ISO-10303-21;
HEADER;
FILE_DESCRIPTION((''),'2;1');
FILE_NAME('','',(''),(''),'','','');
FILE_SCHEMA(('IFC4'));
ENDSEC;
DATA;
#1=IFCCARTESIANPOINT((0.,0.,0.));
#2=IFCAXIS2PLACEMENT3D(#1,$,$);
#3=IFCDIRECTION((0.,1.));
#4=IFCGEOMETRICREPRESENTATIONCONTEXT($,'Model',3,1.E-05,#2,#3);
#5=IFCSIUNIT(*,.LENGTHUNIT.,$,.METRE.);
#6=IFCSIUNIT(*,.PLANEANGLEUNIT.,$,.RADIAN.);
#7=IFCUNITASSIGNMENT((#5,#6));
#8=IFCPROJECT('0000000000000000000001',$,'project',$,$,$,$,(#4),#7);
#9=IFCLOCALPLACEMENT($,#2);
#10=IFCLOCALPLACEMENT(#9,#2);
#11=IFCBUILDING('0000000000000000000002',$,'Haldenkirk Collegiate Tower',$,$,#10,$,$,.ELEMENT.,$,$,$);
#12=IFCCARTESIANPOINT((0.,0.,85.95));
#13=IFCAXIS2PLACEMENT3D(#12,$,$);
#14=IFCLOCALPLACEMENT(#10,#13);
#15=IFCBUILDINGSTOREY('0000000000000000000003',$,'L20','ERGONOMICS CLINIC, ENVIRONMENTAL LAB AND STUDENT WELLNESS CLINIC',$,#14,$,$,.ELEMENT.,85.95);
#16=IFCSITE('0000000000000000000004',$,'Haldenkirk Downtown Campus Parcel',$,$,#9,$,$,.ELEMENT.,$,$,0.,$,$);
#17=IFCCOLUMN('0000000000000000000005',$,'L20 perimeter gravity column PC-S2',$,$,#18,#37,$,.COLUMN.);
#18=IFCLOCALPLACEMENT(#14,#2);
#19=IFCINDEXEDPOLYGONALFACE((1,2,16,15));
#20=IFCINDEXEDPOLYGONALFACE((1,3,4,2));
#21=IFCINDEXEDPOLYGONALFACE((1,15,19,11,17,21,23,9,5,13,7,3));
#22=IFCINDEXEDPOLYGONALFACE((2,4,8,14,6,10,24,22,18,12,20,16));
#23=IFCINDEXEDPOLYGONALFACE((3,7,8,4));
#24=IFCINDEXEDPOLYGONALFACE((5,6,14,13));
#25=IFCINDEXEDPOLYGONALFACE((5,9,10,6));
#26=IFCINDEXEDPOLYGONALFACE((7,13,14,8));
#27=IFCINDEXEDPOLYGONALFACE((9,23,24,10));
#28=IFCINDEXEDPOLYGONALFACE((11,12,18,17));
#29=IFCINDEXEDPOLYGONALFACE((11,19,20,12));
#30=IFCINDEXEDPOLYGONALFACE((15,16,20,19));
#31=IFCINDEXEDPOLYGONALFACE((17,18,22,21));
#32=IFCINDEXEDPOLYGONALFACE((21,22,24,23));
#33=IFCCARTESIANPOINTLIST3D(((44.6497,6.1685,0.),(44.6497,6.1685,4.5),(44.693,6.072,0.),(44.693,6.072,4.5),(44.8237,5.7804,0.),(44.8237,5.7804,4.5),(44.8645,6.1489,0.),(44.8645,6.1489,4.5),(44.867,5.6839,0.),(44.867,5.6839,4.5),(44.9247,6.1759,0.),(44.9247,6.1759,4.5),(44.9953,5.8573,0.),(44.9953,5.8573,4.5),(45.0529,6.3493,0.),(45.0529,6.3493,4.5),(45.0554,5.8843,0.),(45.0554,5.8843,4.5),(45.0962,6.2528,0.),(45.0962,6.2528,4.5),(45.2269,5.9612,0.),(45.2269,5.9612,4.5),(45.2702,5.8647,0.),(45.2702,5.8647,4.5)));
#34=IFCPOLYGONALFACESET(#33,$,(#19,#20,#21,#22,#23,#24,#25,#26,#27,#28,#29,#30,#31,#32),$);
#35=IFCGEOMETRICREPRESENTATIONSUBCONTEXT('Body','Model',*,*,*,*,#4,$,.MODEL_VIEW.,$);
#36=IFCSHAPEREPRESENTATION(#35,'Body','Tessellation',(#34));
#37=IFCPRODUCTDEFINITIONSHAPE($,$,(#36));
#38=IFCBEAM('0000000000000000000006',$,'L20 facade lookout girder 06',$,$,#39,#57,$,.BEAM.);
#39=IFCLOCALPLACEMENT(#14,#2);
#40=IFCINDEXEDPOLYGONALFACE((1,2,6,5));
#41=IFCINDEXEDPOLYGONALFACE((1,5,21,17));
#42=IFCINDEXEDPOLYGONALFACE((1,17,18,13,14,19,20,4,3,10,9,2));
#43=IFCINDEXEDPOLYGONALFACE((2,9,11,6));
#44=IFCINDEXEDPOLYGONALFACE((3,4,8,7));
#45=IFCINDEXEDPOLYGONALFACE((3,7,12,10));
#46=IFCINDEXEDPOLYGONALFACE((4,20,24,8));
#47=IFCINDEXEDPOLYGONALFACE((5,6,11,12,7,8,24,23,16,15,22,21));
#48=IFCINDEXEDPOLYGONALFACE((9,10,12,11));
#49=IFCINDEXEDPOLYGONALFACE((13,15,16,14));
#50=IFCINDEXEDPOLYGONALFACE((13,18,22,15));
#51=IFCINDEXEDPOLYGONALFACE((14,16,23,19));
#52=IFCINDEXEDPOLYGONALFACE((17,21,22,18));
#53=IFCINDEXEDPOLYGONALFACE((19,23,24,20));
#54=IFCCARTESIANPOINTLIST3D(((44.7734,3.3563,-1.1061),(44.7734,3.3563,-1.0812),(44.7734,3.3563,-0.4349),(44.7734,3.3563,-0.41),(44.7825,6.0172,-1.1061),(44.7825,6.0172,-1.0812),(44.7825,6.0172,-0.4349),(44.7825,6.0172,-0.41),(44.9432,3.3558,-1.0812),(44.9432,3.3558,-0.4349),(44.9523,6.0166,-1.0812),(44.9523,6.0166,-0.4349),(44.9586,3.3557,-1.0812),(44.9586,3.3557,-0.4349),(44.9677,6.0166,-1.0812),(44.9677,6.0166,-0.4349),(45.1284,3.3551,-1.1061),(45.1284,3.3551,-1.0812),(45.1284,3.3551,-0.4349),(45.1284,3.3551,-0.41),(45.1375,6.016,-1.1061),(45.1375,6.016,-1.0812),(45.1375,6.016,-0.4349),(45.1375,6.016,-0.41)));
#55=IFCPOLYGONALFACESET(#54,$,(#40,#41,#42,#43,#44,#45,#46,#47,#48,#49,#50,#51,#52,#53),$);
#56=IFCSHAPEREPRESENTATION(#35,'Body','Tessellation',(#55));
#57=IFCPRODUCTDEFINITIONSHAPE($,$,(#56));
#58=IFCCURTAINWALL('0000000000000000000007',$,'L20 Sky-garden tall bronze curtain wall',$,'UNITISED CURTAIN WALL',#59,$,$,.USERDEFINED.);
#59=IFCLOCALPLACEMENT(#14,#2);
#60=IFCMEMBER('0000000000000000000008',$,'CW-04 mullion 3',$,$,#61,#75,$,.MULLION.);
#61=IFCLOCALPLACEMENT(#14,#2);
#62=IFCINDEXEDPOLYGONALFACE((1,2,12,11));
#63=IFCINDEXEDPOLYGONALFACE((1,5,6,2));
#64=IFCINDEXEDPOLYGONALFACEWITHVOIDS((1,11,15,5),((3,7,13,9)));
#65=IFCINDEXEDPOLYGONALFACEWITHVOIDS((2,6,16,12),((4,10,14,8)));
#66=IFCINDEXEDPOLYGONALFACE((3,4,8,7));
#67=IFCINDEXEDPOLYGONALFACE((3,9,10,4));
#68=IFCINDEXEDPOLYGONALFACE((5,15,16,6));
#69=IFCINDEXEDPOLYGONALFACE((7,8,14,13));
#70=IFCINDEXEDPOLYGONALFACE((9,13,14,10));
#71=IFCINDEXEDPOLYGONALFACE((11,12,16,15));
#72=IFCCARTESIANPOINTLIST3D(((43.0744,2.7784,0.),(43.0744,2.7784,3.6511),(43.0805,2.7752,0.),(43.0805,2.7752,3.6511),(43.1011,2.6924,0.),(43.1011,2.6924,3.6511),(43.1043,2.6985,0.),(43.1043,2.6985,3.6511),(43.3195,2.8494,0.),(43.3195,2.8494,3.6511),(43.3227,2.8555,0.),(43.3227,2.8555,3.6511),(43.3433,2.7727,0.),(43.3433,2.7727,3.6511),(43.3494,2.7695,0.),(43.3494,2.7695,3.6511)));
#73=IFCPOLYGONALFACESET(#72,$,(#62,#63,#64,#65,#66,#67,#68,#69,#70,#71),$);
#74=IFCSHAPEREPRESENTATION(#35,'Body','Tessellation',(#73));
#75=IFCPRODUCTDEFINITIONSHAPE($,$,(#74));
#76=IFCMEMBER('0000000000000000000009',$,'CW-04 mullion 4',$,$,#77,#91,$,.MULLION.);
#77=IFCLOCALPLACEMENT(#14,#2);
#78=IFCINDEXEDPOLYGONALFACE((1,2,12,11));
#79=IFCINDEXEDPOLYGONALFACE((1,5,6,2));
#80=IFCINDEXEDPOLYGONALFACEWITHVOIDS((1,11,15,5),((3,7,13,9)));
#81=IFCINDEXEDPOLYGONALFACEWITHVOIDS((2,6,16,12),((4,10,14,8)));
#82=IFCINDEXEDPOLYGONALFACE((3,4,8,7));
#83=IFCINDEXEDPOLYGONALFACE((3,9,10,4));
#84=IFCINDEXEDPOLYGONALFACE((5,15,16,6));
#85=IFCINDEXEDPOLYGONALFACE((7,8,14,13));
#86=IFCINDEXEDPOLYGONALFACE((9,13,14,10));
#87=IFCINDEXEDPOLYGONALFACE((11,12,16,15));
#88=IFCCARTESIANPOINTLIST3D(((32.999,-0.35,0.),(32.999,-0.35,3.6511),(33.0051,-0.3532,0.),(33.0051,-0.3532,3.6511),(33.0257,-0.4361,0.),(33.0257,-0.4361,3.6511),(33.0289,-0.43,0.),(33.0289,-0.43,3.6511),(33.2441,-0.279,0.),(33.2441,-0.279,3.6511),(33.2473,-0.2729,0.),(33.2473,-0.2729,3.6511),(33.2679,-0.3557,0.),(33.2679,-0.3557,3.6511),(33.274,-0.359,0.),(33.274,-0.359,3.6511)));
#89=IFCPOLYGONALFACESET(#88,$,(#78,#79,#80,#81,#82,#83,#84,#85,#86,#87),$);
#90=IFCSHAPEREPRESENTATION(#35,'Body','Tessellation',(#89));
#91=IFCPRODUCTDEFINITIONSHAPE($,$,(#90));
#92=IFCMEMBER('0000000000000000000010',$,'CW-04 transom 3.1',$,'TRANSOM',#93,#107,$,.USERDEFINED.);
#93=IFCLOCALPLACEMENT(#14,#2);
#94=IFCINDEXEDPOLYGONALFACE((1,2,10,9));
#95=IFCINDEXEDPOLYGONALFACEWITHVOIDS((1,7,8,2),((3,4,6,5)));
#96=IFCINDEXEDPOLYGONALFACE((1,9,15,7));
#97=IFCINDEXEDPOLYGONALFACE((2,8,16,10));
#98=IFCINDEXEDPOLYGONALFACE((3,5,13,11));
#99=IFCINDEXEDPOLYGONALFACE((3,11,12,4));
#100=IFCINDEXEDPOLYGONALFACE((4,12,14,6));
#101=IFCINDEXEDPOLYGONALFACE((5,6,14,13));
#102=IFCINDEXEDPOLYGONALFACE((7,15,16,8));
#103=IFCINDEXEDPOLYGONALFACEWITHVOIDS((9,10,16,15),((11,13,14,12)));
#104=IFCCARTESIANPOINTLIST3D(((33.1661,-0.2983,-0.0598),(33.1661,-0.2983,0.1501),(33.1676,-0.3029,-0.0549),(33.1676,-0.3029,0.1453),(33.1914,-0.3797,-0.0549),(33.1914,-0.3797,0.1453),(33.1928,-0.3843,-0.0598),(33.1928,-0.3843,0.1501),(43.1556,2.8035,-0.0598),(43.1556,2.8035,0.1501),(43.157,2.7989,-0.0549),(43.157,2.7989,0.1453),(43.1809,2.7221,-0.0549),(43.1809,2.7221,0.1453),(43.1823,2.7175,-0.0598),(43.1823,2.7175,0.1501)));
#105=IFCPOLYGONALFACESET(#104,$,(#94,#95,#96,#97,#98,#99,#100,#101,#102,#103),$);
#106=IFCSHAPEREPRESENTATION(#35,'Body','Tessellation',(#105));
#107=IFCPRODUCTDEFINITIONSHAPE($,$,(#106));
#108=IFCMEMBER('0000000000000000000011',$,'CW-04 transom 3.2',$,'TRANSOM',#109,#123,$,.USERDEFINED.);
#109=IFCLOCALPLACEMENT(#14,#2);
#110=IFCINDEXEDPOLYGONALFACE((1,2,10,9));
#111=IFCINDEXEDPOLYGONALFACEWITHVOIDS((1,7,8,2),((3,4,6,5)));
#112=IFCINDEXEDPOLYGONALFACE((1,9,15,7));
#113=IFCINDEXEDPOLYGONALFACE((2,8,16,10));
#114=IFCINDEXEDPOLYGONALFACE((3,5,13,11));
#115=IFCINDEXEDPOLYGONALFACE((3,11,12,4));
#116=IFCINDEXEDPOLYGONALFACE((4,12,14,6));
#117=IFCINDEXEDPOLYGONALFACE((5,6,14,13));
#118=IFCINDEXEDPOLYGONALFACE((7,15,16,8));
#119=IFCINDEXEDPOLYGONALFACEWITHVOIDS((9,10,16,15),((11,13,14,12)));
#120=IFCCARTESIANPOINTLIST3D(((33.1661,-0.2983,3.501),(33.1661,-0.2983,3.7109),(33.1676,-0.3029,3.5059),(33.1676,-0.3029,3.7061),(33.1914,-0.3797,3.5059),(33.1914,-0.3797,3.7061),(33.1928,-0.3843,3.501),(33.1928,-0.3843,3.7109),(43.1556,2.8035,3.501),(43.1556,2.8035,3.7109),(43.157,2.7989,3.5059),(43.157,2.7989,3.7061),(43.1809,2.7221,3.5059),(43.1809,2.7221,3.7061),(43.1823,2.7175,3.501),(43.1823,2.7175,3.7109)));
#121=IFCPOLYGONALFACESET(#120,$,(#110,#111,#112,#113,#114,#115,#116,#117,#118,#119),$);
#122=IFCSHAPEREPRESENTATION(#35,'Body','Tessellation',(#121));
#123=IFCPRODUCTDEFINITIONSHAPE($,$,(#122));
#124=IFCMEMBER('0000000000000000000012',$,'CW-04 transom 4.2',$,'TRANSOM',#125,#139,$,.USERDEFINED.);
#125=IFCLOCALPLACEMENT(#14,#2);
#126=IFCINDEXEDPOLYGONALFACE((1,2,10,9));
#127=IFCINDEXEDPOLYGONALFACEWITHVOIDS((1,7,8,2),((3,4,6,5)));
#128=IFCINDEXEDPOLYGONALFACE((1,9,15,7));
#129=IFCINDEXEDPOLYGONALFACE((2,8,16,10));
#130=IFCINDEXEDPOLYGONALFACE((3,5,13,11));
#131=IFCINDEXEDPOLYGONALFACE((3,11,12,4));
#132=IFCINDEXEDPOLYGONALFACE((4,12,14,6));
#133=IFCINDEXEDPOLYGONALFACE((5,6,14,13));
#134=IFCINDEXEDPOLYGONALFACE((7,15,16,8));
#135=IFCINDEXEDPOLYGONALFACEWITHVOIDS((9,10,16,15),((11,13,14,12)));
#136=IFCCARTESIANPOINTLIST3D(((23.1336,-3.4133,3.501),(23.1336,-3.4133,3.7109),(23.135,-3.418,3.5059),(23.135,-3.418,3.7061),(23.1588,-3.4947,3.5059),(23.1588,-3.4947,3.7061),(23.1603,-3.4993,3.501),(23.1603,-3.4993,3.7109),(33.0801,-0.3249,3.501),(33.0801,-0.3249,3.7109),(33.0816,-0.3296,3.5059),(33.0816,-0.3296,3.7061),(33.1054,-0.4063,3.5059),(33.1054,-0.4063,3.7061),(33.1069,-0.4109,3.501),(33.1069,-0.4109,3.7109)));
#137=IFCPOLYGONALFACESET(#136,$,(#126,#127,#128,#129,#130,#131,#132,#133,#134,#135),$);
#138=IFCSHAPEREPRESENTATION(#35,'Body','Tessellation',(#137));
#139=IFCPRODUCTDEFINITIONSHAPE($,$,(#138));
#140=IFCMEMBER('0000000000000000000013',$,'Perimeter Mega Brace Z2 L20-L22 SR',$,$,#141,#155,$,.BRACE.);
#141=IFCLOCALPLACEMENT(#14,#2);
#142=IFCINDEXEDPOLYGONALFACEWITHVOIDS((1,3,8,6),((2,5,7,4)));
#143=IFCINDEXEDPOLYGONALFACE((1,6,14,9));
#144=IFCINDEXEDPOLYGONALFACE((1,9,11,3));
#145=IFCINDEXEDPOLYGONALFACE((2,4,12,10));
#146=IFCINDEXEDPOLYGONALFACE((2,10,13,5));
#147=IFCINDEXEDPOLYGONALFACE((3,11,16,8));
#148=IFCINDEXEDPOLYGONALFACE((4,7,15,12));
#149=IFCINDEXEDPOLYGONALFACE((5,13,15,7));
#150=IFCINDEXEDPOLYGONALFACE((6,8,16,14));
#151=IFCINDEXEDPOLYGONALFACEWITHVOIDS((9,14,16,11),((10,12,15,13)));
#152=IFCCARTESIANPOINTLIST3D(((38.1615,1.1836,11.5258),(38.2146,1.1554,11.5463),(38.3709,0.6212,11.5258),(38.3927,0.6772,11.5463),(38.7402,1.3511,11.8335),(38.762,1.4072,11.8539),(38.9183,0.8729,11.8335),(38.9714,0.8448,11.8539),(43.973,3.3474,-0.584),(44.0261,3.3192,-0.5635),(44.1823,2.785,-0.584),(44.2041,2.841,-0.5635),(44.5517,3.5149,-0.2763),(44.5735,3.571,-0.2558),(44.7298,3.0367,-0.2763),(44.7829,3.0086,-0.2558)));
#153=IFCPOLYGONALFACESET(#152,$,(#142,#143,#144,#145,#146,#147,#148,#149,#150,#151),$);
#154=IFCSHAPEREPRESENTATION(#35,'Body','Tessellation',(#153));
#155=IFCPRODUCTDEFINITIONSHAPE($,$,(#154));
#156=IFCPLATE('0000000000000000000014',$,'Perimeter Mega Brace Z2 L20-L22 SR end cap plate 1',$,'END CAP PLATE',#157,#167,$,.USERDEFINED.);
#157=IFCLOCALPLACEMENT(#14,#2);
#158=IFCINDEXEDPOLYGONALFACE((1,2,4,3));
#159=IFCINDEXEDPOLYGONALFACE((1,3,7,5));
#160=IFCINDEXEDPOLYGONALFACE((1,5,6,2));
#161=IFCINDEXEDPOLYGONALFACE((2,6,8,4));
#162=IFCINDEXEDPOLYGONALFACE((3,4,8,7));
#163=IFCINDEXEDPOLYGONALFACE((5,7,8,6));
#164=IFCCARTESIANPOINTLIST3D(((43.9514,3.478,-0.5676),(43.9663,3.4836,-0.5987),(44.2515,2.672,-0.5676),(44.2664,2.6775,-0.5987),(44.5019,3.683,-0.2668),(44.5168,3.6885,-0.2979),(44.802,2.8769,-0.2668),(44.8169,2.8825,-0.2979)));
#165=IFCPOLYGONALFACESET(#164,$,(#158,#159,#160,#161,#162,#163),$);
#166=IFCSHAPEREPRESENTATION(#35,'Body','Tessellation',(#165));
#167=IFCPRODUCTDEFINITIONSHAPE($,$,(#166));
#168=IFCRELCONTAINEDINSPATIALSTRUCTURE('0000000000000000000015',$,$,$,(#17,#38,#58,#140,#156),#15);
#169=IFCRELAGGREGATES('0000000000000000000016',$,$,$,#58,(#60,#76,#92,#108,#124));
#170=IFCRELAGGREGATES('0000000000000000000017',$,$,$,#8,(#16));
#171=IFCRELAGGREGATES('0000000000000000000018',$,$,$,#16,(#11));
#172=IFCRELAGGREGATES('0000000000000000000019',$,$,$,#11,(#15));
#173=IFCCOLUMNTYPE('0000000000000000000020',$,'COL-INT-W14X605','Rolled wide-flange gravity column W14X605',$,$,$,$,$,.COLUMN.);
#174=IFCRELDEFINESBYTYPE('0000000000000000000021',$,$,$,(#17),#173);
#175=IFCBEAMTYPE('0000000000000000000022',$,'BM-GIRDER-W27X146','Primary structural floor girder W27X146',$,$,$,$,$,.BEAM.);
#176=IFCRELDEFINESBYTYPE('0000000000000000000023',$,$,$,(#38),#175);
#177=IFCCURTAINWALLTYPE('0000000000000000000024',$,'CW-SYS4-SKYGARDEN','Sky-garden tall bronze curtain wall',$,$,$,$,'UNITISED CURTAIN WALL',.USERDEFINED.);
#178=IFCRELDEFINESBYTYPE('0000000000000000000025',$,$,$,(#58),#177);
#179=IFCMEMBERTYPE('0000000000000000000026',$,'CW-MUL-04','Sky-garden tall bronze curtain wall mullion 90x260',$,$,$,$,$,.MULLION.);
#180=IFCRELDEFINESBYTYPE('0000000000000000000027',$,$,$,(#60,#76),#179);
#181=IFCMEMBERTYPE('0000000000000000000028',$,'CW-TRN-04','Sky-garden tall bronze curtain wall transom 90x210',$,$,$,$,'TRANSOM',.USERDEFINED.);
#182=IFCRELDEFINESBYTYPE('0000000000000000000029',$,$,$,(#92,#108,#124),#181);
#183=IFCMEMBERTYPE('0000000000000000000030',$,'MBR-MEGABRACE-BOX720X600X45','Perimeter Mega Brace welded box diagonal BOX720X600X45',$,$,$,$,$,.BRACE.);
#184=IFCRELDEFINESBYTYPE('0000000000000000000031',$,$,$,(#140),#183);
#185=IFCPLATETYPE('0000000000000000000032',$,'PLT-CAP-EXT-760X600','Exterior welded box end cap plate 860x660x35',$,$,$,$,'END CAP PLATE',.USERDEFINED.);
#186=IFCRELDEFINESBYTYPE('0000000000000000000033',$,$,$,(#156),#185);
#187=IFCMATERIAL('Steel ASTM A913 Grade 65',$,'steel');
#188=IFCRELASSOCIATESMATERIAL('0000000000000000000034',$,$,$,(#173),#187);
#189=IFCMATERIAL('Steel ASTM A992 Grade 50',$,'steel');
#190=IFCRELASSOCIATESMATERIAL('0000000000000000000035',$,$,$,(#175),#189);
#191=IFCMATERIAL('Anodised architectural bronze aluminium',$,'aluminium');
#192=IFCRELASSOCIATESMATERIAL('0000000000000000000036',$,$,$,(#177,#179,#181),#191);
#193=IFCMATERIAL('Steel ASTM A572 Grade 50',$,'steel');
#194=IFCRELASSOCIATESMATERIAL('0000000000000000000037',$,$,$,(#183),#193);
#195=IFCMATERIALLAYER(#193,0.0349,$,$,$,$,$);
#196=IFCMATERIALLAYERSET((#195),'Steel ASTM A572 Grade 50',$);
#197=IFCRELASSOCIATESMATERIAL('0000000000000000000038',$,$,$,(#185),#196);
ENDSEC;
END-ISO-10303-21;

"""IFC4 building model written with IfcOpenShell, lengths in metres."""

from ifc_helpers import new_model, si_unit, direction, frame, origin, origin_2d, place, context, subcontext, project, spatial, rectangle, hollow_rectangle, i_section, extrude, source, transform, mapped, material, layer, layer_set, material_profile, profile_set, type_object, element, aggregate, save


model = new_model("IFC4")

# Units and contexts
model_context = context("Model", 3, precision=1e-05, world=origin(), true_north=direction((0.0, 1.0)))
body_context = subcontext(model_context, "Body", "Model", "MODEL_VIEW")
ifc_project = project(units=[si_unit("LENGTHUNIT", "METRE"), si_unit("PLANEANGLEUNIT", "RADIAN")], contexts=[model_context])

# Site, building, storey
site_placement = place(None, origin())
site = spatial("IfcSite", under=ifc_project, at=site_placement, Name="Haldenkirk Downtown Campus Parcel", CompositionType="ELEMENT", RefElevation=0.0)
building_placement = place(site_placement, origin())
building = spatial("IfcBuilding", under=site, at=building_placement, Name="Haldenkirk Collegiate Tower", CompositionType="ELEMENT")
storey_placement = place(building_placement, frame((0.0, 0.0, 85.95)))
storey = spatial("IfcBuildingStorey", under=building, at=storey_placement, Name="L20", Description="ERGONOMICS CLINIC, ENVIRONMENTAL LAB AND STUDENT WELLNESS CLINIC", CompositionType="ELEMENT", Elevation=85.95)

# Column
ifc_material_1 = material(Name="Steel ASTM A913 Grade 65", Category="steel")
ifc_material_profile_1 = material_profile(ifc_material_1, i_section(OverallWidth=0.4419, OverallDepth=0.531, WebThickness=0.0659, FlangeThickness=0.1057, at=origin_2d()), Name="W14X605")
ifc_profile_set_1 = profile_set([ifc_material_profile_1], Name="Steel ASTM A913 Grade 65")
column_type = type_object("IfcColumnType", Name="COL-INT-W14X605", Description="Rolled wide-flange gravity column W14X605", PredefinedType="COLUMN", material=ifc_profile_set_1)
column_placement = place(storey_placement, frame((44.96, 6.0166, 0.0), z_axis=(0.0, 0.0, 1.0), x_axis=(0.912477, 0.409127, 0.0)))
element("IfcColumn", 1, at=column_placement, inside=storey, type_object=column_type, Name="L20 perimeter gravity column PC-S2", PredefinedType="COLUMN", context=body_context, shape_type="SweptSolid", body=[
    extrude(i_section(OverallWidth=0.4419, OverallDepth=0.531, WebThickness=0.0659, FlangeThickness=0.1057, at=origin_2d()), origin(), (0.0, 0.0, 1.0), 4.5),
])

# Beam
ifc_material_2 = material(Name="Steel ASTM A992 Grade 50", Category="steel")
ifc_material_profile_2 = material_profile(ifc_material_2, i_section(OverallWidth=0.355, OverallDepth=0.696, WebThickness=0.0154, FlangeThickness=0.0249, at=origin_2d()), Name="W27X146")
ifc_profile_set_2 = profile_set([ifc_material_profile_2], Name="Steel ASTM A992 Grade 50")
beam_type = type_object("IfcBeamType", Name="BM-GIRDER-W27X146", Description="Primary structural floor girder W27X146", PredefinedType="BEAM", material=ifc_profile_set_2)
beam_placement = place(storey_placement, frame((44.96, 6.0166, -0.7581), z_axis=(-0.003395, -0.999994, 0.0), x_axis=(0.999994, -0.003395, 0.0)))
element("IfcBeam", 2, at=beam_placement, inside=storey, type_object=beam_type, Name="L20 facade lookout girder 06", PredefinedType="BEAM", context=body_context, shape_type="SweptSolid", body=[
    extrude(i_section(OverallWidth=0.355, OverallDepth=0.696, WebThickness=0.0154, FlangeThickness=0.0249, at=origin_2d()), origin(), (0.0, 0.0, 1.0), 2.6609),
])

# Curtain wall, members
ifc_material_3 = material(Name="Anodised architectural bronze aluminium", Category="aluminium")
curtain_wall_type = type_object("IfcCurtainWallType", Name="CW-SYS4-SKYGARDEN", Description="Sky-garden tall bronze curtain wall", ElementType="UNITISED CURTAIN WALL", PredefinedType="USERDEFINED", material=ifc_material_3)
curtain_wall_placement = place(storey_placement, origin())
curtain_wall = element("IfcCurtainWall", 3, at=curtain_wall_placement, inside=storey, type_object=curtain_wall_type, Name="L20 Sky-garden tall bronze curtain wall", ObjectType="UNITISED CURTAIN WALL", PredefinedType="USERDEFINED")
ifc_material_profile_3 = material_profile(ifc_material_3, hollow_rectangle(XDim=0.0901, YDim=0.26, WallThickness=0.0049, at=origin_2d()), Name="CW-MUL-04")
ifc_profile_set_3 = profile_set([ifc_material_profile_3], Name="Anodised architectural bronze aluminium")
member_type_1 = type_object("IfcMemberType", Name="CW-MUL-04", Description="Sky-garden tall bronze curtain wall mullion 90x260", PredefinedType="MULLION", material=ifc_profile_set_3)
member_1_placement = place(storey_placement, frame((43.2119, 2.7739, 0.0), z_axis=(0.0, 0.0, 1.0), x_axis=(0.29654, -0.95502, 0.0)))
member_1 = element("IfcMember", 4, at=member_1_placement, type_object=member_type_1, Name="CW-04 mullion 3", PredefinedType="MULLION", context=body_context, shape_type="SweptSolid", body=[
    extrude(hollow_rectangle(XDim=0.0901, YDim=0.26, WallThickness=0.0049, at=origin_2d()), origin(), (0.0, 0.0, 1.0), 3.6511),
])
member_2_placement = place(storey_placement, frame((33.1365, -0.3545, 0.0), z_axis=(0.0, 0.0, 1.0), x_axis=(0.29654, -0.95502, 0.0)))
member_2 = element("IfcMember", 5, at=member_2_placement, type_object=member_type_1, Name="CW-04 mullion 4", PredefinedType="MULLION", context=body_context, shape_type="SweptSolid", body=[
    extrude(hollow_rectangle(XDim=0.0901, YDim=0.26, WallThickness=0.0049, at=origin_2d()), origin(), (0.0, 0.0, 1.0), 3.6511),
])
ifc_material_profile_4 = material_profile(ifc_material_3, hollow_rectangle(XDim=0.0901, YDim=0.21, WallThickness=0.0049, at=origin_2d()), Name="CW-TRN-04")
ifc_profile_set_4 = profile_set([ifc_material_profile_4], Name="Anodised architectural bronze aluminium")
member_type_2 = type_object("IfcMemberType", Name="CW-TRN-04", Description="Sky-garden tall bronze curtain wall transom 90x210", ElementType="TRANSOM", PredefinedType="USERDEFINED", material=ifc_profile_set_4)
member_3_placement = place(storey_placement, frame((43.1689, 2.7605, 0.0452), z_axis=(-0.95502, -0.29654, 0.0), x_axis=(0.29654, -0.95502, 0.0)))
member_3 = element("IfcMember", 6, at=member_3_placement, type_object=member_type_2, Name="CW-04 transom 3.1", ObjectType="TRANSOM", PredefinedType="USERDEFINED", context=body_context, shape_type="SweptSolid", body=[
    extrude(hollow_rectangle(XDim=0.0901, YDim=0.21, WallThickness=0.0049, at=origin_2d()), origin(), (0.0, 0.0, 1.0), 10.46),
])
member_4_placement = place(storey_placement, frame((43.1689, 2.7605, 3.606), z_axis=(-0.95502, -0.29654, 0.0), x_axis=(0.29654, -0.95502, 0.0)))
member_4 = element("IfcMember", 7, at=member_4_placement, type_object=member_type_2, Name="CW-04 transom 3.2", ObjectType="TRANSOM", PredefinedType="USERDEFINED", context=body_context, shape_type="SweptSolid", body=[
    extrude(hollow_rectangle(XDim=0.0901, YDim=0.21, WallThickness=0.0049, at=origin_2d()), origin(), (0.0, 0.0, 1.0), 10.46),
])
member_5_placement = place(storey_placement, frame((33.0935, -0.3679, 3.606), z_axis=(-0.955023, -0.296533, 0.0), x_axis=(0.296533, -0.955023, 0.0)))
member_5 = element("IfcMember", 8, at=member_5_placement, type_object=member_type_2, Name="CW-04 transom 4.2", ObjectType="TRANSOM", PredefinedType="USERDEFINED", context=body_context, shape_type="SweptSolid", body=[
    extrude(hollow_rectangle(XDim=0.0901, YDim=0.21, WallThickness=0.0049, at=origin_2d()), origin(), (0.0, 0.0, 1.0), 10.415),
])

# Member
ifc_material_4 = material(Name="Steel ASTM A572 Grade 50", Category="steel")
ifc_material_profile_5 = material_profile(ifc_material_4, hollow_rectangle(XDim=0.6001, YDim=0.72, WallThickness=0.0449, at=origin_2d()), Name="BOX720X600X45")
ifc_profile_set_5 = profile_set([ifc_material_profile_5], Name="Steel ASTM A572 Grade 50")
member_type_3 = type_object("IfcMemberType", Name="MBR-MEGABRACE-BOX720X600X45", Description="Perimeter Mega Brace welded box diagonal BOX720X600X45", PredefinedType="BRACE", material=ifc_profile_set_5)
member_6_placement = place(storey_placement, frame((44.3779, 3.178, -0.4199), z_axis=(-0.427151, -0.159042, 0.890083), x_axis=(0.348931, -0.937149, 0.0)))
element("IfcMember", 9, at=member_6_placement, inside=storey, type_object=member_type_3, Name="Perimeter Mega Brace Z2 L20-L22 SR", PredefinedType="BRACE", context=body_context, shape_type="SweptSolid", body=[
    extrude(hollow_rectangle(XDim=0.6001, YDim=0.72, WallThickness=0.0449, at=origin_2d()), origin(), (0.0, 0.0, 1.0), 13.6052),
])

# Plate
ifc_layer_1 = layer(ifc_material_4, 0.0349)
ifc_layer_set_1 = layer_set([ifc_layer_1], Name="Steel ASTM A572 Grade 50")
plate_type_1 = type_object("IfcPlateType", Name="PLT-CAP-EXT-760X600", Description="Exterior welded box end cap plate 860x660x35", ElementType="END CAP PLATE", PredefinedType="USERDEFINED", material=ifc_layer_set_1)
shared_shape_1 = source(origin(), body_context, "Body", "SweptSolid", [
    extrude(rectangle(XDim=0.8601, YDim=0.6599, at=origin_2d()), origin(), (0.0, 0.0, 1.0), 0.0349),
])
plate_1_placement = place(storey_placement, frame((44.3767, 3.1775, -0.4172), z_axis=(0.427158, 0.159038, -0.89008), x_axis=(-0.348919, 0.937153, -0.000001)))
element("IfcPlate", 10, at=plate_1_placement, inside=storey, type_object=plate_type_1, Name="Perimeter Mega Brace Z2 L20-L22 SR end cap plate 1", ObjectType="END CAP PLATE", PredefinedType="USERDEFINED", context=body_context, shape_type="MappedRepresentation", body=[
    mapped(shared_shape_1, transform((0.0, 0.0, 0.0), x_axis=(1.0, 0.0, 0.0), y_axis=(0.0, 1.0, 0.0), z_axis=(0.0, 0.0, 1.0), scale=1.0)),
])
aggregate(curtain_wall, [member_1, member_2, member_3, member_4, member_5])

save(model, "model.ifc")
